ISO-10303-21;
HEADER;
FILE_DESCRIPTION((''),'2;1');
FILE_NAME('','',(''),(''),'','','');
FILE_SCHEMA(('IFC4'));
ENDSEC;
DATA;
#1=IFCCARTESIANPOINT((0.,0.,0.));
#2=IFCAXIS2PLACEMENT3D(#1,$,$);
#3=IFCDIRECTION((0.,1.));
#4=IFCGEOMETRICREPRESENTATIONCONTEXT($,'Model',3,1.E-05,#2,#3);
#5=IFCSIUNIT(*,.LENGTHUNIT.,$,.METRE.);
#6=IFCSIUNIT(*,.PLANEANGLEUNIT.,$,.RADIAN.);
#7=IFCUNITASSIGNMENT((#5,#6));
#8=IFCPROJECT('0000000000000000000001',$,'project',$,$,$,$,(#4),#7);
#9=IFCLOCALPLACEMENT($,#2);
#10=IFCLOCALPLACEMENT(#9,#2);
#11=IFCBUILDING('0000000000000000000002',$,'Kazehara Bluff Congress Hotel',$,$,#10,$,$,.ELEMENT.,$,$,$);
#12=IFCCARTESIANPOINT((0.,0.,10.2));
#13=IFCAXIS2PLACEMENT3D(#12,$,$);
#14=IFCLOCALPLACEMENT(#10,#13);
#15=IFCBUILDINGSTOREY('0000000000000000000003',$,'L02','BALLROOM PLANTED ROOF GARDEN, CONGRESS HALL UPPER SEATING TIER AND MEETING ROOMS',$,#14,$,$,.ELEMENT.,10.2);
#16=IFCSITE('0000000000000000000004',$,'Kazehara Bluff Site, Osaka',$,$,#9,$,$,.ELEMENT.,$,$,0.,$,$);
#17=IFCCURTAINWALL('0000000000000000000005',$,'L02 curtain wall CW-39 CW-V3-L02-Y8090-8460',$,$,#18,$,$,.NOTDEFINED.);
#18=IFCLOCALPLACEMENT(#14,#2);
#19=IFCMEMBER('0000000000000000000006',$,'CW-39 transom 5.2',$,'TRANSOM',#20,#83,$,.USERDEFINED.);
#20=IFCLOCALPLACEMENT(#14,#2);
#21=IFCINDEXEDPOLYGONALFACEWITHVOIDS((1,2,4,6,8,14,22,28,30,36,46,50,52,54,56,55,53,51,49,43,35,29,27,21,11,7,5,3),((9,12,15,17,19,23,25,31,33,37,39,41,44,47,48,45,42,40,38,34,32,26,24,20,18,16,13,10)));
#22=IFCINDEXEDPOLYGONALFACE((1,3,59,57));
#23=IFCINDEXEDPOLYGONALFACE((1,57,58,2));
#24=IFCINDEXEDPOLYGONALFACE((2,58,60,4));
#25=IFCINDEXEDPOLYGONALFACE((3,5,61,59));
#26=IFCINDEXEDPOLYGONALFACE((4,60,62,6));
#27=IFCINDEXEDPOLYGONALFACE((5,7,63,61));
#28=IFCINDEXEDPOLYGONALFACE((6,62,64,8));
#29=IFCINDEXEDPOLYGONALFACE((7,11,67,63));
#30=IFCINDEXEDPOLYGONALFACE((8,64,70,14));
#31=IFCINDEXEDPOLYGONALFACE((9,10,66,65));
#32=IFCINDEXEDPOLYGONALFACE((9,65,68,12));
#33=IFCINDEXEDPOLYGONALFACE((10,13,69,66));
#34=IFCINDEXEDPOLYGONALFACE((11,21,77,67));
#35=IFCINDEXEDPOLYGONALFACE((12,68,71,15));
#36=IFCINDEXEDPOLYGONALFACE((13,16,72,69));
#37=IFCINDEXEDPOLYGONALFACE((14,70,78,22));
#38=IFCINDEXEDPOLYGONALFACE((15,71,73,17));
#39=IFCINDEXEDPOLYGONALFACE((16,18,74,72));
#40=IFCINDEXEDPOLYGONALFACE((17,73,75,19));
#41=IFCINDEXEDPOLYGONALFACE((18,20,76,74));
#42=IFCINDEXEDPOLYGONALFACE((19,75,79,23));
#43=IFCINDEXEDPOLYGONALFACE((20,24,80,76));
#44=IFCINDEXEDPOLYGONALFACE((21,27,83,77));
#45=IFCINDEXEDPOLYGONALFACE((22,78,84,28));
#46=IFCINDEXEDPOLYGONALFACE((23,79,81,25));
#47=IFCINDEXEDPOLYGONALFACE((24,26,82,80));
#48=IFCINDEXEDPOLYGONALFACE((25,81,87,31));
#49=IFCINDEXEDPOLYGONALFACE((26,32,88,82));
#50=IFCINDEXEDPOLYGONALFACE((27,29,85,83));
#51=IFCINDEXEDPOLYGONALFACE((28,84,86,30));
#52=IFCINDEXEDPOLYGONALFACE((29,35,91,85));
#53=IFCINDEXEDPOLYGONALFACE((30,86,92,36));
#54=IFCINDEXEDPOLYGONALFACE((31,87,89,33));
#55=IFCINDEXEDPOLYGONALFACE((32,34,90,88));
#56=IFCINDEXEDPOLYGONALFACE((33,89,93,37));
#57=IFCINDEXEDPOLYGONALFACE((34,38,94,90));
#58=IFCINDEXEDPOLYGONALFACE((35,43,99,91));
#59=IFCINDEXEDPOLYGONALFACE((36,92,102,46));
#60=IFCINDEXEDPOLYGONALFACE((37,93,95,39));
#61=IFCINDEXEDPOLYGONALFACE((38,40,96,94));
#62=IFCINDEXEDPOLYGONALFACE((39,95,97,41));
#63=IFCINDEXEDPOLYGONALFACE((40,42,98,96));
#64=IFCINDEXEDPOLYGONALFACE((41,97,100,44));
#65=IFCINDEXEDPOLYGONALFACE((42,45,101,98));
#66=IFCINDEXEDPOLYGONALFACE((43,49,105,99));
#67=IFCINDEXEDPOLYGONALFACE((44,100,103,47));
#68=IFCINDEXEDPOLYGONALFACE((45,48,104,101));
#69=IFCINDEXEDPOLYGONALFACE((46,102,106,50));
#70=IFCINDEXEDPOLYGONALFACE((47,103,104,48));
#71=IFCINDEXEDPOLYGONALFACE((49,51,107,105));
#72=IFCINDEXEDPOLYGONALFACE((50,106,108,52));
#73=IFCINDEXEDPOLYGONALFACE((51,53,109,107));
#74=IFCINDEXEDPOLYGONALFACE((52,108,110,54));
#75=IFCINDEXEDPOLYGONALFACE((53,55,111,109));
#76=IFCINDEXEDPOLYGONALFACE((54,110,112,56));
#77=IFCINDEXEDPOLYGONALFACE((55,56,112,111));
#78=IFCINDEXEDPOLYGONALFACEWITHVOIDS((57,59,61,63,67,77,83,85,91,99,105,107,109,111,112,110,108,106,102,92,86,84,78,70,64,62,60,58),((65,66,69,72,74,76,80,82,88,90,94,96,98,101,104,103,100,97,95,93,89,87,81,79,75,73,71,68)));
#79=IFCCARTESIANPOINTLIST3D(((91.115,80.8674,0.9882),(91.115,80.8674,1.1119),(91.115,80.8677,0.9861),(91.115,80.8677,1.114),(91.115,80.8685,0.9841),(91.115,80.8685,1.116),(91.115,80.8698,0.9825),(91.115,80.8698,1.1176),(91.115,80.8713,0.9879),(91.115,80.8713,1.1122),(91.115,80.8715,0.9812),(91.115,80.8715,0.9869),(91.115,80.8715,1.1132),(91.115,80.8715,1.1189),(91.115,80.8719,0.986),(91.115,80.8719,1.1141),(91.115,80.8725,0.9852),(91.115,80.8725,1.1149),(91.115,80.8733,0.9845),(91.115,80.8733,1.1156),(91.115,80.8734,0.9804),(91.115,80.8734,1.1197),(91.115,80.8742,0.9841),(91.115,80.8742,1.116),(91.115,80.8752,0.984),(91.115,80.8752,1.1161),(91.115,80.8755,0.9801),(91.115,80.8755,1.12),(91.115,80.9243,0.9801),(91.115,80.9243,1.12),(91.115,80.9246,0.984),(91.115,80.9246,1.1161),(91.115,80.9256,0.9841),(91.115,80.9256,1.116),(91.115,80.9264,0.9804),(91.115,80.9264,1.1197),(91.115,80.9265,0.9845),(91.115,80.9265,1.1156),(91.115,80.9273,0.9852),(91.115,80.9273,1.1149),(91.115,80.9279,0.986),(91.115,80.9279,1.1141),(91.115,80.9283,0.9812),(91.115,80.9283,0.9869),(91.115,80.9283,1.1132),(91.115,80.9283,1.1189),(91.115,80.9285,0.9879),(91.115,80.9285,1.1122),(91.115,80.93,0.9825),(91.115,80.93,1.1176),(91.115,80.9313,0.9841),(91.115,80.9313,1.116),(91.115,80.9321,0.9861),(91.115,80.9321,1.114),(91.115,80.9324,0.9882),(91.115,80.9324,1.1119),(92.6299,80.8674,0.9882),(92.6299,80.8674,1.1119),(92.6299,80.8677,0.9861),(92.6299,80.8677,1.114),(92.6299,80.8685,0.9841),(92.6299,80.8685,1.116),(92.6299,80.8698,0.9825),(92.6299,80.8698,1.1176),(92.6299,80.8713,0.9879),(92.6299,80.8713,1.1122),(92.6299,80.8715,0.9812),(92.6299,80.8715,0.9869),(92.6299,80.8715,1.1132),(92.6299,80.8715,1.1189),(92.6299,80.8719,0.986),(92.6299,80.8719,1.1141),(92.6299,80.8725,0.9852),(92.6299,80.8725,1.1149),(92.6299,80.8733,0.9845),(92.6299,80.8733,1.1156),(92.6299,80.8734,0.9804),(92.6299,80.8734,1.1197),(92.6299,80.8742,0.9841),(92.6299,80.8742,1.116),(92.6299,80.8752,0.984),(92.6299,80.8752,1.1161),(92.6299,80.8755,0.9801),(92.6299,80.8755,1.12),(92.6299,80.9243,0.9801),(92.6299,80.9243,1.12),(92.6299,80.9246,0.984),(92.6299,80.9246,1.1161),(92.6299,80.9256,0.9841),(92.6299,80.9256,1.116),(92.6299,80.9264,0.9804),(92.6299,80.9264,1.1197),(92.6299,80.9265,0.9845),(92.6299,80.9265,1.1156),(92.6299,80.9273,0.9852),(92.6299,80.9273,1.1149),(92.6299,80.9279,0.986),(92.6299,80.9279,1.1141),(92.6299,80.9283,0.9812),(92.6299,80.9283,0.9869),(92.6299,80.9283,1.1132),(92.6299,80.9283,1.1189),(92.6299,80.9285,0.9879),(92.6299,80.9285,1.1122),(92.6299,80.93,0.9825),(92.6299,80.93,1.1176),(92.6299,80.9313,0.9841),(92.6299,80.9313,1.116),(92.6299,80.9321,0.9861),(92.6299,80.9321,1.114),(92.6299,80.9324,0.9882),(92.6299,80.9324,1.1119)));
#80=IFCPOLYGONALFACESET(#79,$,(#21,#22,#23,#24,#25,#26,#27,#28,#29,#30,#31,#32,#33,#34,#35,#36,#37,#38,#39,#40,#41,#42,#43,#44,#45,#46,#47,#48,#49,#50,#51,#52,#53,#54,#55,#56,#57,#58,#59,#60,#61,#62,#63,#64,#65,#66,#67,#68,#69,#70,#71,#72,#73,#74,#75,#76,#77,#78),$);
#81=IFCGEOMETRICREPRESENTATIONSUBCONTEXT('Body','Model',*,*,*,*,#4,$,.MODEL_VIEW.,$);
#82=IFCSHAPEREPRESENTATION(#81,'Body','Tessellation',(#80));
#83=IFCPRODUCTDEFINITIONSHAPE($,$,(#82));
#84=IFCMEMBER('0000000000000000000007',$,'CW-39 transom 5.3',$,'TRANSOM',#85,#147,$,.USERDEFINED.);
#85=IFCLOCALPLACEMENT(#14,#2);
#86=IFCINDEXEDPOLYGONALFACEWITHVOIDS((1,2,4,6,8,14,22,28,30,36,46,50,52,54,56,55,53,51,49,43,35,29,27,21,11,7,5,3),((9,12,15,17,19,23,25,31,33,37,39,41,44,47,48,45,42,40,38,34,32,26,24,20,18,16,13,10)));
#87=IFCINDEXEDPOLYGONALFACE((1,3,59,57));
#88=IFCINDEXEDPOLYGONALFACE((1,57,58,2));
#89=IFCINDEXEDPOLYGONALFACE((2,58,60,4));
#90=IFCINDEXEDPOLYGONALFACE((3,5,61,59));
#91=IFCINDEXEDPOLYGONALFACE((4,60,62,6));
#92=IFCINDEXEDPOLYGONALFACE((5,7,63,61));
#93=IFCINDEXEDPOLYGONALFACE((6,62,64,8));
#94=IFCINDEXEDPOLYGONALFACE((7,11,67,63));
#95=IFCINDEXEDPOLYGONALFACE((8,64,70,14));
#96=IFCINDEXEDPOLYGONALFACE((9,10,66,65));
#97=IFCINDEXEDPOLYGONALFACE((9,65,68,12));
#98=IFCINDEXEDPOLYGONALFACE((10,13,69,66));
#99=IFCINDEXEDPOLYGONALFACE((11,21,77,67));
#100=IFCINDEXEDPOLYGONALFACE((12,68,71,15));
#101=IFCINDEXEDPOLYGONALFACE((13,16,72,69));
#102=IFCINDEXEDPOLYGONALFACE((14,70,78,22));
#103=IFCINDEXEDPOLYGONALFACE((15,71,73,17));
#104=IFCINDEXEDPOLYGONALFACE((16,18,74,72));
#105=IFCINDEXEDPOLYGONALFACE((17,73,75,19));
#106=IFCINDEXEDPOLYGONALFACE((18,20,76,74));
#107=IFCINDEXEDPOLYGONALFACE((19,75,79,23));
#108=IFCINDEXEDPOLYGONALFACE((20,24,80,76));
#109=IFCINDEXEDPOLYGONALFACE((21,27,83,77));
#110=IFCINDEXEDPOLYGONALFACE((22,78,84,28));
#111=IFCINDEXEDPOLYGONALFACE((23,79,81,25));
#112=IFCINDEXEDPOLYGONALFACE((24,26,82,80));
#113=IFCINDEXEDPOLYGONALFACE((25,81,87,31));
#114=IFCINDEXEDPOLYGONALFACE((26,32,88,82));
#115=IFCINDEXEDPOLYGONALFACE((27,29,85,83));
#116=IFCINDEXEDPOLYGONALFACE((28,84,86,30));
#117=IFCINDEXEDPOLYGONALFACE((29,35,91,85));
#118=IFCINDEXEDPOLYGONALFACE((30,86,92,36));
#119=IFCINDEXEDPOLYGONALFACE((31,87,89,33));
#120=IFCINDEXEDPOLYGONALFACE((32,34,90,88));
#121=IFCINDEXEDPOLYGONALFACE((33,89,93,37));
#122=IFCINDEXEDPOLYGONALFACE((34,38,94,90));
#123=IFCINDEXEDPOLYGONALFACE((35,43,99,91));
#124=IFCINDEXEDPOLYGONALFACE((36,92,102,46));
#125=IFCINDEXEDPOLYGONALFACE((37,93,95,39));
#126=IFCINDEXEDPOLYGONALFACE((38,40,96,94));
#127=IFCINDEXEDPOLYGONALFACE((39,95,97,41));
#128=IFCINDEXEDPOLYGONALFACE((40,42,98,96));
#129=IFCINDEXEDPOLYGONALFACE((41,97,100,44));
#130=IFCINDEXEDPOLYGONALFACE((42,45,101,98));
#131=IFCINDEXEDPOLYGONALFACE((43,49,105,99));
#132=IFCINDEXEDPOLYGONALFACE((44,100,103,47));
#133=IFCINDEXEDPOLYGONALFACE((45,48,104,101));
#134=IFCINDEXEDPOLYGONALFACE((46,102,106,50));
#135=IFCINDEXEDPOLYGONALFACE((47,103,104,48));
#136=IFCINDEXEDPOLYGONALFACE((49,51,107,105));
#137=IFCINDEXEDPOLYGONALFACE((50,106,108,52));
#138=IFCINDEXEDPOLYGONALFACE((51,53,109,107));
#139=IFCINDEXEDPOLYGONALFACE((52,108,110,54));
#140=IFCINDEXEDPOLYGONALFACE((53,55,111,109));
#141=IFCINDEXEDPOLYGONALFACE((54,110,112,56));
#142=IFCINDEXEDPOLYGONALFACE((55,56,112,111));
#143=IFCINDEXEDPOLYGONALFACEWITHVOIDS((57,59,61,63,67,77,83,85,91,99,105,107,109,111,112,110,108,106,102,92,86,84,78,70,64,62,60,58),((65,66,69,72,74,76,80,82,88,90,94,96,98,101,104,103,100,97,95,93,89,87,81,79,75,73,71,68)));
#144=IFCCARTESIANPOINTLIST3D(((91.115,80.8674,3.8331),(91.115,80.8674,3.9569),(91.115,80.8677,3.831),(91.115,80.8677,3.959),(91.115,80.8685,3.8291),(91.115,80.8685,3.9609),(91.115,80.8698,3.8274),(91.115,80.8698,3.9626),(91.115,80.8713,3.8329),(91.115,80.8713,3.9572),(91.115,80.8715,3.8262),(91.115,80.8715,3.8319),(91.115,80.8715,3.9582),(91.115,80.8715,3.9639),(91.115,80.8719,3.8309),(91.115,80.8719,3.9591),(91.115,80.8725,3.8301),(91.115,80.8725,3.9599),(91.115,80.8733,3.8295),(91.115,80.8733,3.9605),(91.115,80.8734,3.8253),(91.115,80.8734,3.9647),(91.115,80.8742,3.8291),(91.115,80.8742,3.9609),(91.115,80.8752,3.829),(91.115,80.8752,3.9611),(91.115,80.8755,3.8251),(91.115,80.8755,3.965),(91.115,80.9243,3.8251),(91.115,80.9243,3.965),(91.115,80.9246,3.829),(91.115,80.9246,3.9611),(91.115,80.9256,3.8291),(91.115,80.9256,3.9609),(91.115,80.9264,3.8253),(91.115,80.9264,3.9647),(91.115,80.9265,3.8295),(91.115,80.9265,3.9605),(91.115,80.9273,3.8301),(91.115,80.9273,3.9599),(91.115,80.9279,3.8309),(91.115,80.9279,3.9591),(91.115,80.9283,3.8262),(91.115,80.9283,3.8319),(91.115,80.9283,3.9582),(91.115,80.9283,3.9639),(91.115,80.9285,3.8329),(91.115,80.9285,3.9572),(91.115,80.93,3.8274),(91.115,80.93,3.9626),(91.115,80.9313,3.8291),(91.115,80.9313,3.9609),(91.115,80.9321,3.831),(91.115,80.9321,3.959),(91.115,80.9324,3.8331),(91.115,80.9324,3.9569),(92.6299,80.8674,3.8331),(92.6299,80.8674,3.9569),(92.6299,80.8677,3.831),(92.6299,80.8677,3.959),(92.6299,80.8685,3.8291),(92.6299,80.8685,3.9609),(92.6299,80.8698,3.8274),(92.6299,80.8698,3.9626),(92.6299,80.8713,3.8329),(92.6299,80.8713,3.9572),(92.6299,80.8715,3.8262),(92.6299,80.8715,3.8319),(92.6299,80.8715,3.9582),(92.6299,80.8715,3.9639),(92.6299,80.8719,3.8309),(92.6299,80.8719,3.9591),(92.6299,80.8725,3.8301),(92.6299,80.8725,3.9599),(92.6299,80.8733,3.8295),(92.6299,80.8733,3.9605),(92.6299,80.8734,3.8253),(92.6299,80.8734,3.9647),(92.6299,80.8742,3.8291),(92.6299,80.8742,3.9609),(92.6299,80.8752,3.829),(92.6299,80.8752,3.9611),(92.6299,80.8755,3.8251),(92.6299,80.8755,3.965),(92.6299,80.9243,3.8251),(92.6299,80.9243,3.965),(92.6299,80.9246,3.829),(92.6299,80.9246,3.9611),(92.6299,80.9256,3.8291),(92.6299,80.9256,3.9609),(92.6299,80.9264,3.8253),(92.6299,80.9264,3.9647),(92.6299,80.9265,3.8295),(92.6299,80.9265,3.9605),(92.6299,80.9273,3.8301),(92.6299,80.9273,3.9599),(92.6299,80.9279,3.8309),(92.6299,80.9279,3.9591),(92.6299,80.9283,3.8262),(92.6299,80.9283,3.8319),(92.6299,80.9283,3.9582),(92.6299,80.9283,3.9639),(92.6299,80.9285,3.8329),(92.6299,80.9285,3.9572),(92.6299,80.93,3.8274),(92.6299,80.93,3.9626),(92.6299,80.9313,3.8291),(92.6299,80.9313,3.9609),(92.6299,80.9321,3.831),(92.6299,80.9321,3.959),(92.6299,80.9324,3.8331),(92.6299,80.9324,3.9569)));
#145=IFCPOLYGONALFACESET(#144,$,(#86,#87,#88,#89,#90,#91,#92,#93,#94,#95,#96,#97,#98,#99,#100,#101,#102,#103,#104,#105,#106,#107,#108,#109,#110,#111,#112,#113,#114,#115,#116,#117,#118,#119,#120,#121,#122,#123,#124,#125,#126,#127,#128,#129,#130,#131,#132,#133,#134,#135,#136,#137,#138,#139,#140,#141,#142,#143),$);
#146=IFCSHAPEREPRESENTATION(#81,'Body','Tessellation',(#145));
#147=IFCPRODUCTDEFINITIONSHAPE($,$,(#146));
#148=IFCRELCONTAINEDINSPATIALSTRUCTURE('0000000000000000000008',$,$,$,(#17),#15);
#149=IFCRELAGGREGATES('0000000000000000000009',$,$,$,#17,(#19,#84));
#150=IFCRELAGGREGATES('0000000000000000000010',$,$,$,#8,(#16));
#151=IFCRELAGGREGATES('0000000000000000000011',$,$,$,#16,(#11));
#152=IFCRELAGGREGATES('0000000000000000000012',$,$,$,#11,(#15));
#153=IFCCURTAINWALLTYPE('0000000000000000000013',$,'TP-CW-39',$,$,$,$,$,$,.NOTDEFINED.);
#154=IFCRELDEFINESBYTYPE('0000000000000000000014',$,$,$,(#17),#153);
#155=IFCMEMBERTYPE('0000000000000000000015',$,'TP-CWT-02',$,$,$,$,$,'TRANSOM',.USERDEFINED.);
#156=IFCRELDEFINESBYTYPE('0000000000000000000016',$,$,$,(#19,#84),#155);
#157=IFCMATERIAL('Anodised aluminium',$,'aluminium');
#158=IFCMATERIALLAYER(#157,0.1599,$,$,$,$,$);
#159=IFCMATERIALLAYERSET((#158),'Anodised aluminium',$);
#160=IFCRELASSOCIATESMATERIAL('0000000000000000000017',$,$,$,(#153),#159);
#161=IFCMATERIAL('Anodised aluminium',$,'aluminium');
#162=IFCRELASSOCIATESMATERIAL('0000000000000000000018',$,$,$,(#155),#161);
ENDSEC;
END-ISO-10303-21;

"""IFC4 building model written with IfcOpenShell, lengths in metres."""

from ifc_helpers import new_model, si_unit, direction, frame, origin, origin_2d, place, context, subcontext, project, spatial, hollow_rectangle, extrude, material, layer, layer_set, material_profile, profile_set, type_object, element, aggregate, save


model = new_model("IFC4")

# Units and contexts
model_context = context("Model", 3, precision=1e-05, world=origin(), true_north=direction((0.0, 1.0)))
body_context = subcontext(model_context, "Body", "Model", "MODEL_VIEW")
ifc_project = project(units=[si_unit("LENGTHUNIT", "METRE"), si_unit("PLANEANGLEUNIT", "RADIAN")], contexts=[model_context])

# Site, building, storey
site_placement = place(None, origin())
site = spatial("IfcSite", under=ifc_project, at=site_placement, Name="Kazehara Bluff Site, Osaka", CompositionType="ELEMENT", RefElevation=0.0)
building_placement = place(site_placement, origin())
building = spatial("IfcBuilding", under=site, at=building_placement, Name="Kazehara Bluff Congress Hotel", CompositionType="ELEMENT")
storey_placement = place(building_placement, frame((0.0, 0.0, 10.2)))
storey = spatial("IfcBuildingStorey", under=building, at=storey_placement, Name="L02", Description="BALLROOM PLANTED ROOF GARDEN, CONGRESS HALL UPPER SEATING TIER AND MEETING ROOMS", CompositionType="ELEMENT", Elevation=10.2)

# Curtain wall
ifc_material_1 = material(Name="Anodised aluminium", Category="aluminium")
ifc_layer_1 = layer(ifc_material_1, 0.1599)
ifc_layer_set_1 = layer_set([ifc_layer_1], Name="Anodised aluminium")
curtain_wall_type_1 = type_object("IfcCurtainWallType", Name="TP-CW-39", PredefinedType="NOTDEFINED", material=ifc_layer_set_1)
curtain_wall_1_placement = place(storey_placement, origin())
curtain_wall_1 = element("IfcCurtainWall", 1, at=curtain_wall_1_placement, inside=storey, type_object=curtain_wall_type_1, Name="L02 curtain wall CW-39 CW-V3-L02-Y8090-8460", PredefinedType="NOTDEFINED")

# Members
ifc_material_2 = material(Name="Anodised aluminium", Category="aluminium")
ifc_material_profile_1 = material_profile(ifc_material_2, hollow_rectangle(XDim=0.0649, YDim=0.1399, WallThickness=0.0039, InnerFilletRadius=0.0039, OuterFilletRadius=0.0081, at=origin_2d()))
ifc_profile_set_1 = profile_set([ifc_material_profile_1], Name="Anodised aluminium")
member_type_1 = type_object("IfcMemberType", Name="TP-CWT-02", ElementType="TRANSOM", PredefinedType="USERDEFINED", material=ifc_profile_set_1)
member_1_placement = place(storey_placement, frame((91.115, 80.8999, 1.05), z_axis=(1.0, 0.0, 0.0), x_axis=(0.0, 1.0, 0.0)))
member_1 = element("IfcMember", 2, at=member_1_placement, type_object=member_type_1, Name="CW-39 transom 5.2", ObjectType="TRANSOM", PredefinedType="USERDEFINED", context=body_context, shape_type="SweptSolid", body=[
    extrude(hollow_rectangle(XDim=0.0649, YDim=0.1399, WallThickness=0.0039, InnerFilletRadius=0.0039, OuterFilletRadius=0.0081, at=origin_2d()), origin(), (0.0, 0.0, 1.0), 1.5149),
])
member_2_placement = place(storey_placement, frame((91.115, 80.8999, 3.895), z_axis=(1.0, 0.0, 0.0), x_axis=(0.0, 1.0, 0.0)))
member_2 = element("IfcMember", 3, at=member_2_placement, type_object=member_type_1, Name="CW-39 transom 5.3", ObjectType="TRANSOM", PredefinedType="USERDEFINED", context=body_context, shape_type="SweptSolid", body=[
    extrude(hollow_rectangle(XDim=0.0649, YDim=0.1399, WallThickness=0.0039, InnerFilletRadius=0.0039, OuterFilletRadius=0.0081, at=origin_2d()), origin(), (0.0, 0.0, 1.0), 1.5149),
])

aggregate(curtain_wall_1, [member_1, member_2])

save(model, "model.ifc")
